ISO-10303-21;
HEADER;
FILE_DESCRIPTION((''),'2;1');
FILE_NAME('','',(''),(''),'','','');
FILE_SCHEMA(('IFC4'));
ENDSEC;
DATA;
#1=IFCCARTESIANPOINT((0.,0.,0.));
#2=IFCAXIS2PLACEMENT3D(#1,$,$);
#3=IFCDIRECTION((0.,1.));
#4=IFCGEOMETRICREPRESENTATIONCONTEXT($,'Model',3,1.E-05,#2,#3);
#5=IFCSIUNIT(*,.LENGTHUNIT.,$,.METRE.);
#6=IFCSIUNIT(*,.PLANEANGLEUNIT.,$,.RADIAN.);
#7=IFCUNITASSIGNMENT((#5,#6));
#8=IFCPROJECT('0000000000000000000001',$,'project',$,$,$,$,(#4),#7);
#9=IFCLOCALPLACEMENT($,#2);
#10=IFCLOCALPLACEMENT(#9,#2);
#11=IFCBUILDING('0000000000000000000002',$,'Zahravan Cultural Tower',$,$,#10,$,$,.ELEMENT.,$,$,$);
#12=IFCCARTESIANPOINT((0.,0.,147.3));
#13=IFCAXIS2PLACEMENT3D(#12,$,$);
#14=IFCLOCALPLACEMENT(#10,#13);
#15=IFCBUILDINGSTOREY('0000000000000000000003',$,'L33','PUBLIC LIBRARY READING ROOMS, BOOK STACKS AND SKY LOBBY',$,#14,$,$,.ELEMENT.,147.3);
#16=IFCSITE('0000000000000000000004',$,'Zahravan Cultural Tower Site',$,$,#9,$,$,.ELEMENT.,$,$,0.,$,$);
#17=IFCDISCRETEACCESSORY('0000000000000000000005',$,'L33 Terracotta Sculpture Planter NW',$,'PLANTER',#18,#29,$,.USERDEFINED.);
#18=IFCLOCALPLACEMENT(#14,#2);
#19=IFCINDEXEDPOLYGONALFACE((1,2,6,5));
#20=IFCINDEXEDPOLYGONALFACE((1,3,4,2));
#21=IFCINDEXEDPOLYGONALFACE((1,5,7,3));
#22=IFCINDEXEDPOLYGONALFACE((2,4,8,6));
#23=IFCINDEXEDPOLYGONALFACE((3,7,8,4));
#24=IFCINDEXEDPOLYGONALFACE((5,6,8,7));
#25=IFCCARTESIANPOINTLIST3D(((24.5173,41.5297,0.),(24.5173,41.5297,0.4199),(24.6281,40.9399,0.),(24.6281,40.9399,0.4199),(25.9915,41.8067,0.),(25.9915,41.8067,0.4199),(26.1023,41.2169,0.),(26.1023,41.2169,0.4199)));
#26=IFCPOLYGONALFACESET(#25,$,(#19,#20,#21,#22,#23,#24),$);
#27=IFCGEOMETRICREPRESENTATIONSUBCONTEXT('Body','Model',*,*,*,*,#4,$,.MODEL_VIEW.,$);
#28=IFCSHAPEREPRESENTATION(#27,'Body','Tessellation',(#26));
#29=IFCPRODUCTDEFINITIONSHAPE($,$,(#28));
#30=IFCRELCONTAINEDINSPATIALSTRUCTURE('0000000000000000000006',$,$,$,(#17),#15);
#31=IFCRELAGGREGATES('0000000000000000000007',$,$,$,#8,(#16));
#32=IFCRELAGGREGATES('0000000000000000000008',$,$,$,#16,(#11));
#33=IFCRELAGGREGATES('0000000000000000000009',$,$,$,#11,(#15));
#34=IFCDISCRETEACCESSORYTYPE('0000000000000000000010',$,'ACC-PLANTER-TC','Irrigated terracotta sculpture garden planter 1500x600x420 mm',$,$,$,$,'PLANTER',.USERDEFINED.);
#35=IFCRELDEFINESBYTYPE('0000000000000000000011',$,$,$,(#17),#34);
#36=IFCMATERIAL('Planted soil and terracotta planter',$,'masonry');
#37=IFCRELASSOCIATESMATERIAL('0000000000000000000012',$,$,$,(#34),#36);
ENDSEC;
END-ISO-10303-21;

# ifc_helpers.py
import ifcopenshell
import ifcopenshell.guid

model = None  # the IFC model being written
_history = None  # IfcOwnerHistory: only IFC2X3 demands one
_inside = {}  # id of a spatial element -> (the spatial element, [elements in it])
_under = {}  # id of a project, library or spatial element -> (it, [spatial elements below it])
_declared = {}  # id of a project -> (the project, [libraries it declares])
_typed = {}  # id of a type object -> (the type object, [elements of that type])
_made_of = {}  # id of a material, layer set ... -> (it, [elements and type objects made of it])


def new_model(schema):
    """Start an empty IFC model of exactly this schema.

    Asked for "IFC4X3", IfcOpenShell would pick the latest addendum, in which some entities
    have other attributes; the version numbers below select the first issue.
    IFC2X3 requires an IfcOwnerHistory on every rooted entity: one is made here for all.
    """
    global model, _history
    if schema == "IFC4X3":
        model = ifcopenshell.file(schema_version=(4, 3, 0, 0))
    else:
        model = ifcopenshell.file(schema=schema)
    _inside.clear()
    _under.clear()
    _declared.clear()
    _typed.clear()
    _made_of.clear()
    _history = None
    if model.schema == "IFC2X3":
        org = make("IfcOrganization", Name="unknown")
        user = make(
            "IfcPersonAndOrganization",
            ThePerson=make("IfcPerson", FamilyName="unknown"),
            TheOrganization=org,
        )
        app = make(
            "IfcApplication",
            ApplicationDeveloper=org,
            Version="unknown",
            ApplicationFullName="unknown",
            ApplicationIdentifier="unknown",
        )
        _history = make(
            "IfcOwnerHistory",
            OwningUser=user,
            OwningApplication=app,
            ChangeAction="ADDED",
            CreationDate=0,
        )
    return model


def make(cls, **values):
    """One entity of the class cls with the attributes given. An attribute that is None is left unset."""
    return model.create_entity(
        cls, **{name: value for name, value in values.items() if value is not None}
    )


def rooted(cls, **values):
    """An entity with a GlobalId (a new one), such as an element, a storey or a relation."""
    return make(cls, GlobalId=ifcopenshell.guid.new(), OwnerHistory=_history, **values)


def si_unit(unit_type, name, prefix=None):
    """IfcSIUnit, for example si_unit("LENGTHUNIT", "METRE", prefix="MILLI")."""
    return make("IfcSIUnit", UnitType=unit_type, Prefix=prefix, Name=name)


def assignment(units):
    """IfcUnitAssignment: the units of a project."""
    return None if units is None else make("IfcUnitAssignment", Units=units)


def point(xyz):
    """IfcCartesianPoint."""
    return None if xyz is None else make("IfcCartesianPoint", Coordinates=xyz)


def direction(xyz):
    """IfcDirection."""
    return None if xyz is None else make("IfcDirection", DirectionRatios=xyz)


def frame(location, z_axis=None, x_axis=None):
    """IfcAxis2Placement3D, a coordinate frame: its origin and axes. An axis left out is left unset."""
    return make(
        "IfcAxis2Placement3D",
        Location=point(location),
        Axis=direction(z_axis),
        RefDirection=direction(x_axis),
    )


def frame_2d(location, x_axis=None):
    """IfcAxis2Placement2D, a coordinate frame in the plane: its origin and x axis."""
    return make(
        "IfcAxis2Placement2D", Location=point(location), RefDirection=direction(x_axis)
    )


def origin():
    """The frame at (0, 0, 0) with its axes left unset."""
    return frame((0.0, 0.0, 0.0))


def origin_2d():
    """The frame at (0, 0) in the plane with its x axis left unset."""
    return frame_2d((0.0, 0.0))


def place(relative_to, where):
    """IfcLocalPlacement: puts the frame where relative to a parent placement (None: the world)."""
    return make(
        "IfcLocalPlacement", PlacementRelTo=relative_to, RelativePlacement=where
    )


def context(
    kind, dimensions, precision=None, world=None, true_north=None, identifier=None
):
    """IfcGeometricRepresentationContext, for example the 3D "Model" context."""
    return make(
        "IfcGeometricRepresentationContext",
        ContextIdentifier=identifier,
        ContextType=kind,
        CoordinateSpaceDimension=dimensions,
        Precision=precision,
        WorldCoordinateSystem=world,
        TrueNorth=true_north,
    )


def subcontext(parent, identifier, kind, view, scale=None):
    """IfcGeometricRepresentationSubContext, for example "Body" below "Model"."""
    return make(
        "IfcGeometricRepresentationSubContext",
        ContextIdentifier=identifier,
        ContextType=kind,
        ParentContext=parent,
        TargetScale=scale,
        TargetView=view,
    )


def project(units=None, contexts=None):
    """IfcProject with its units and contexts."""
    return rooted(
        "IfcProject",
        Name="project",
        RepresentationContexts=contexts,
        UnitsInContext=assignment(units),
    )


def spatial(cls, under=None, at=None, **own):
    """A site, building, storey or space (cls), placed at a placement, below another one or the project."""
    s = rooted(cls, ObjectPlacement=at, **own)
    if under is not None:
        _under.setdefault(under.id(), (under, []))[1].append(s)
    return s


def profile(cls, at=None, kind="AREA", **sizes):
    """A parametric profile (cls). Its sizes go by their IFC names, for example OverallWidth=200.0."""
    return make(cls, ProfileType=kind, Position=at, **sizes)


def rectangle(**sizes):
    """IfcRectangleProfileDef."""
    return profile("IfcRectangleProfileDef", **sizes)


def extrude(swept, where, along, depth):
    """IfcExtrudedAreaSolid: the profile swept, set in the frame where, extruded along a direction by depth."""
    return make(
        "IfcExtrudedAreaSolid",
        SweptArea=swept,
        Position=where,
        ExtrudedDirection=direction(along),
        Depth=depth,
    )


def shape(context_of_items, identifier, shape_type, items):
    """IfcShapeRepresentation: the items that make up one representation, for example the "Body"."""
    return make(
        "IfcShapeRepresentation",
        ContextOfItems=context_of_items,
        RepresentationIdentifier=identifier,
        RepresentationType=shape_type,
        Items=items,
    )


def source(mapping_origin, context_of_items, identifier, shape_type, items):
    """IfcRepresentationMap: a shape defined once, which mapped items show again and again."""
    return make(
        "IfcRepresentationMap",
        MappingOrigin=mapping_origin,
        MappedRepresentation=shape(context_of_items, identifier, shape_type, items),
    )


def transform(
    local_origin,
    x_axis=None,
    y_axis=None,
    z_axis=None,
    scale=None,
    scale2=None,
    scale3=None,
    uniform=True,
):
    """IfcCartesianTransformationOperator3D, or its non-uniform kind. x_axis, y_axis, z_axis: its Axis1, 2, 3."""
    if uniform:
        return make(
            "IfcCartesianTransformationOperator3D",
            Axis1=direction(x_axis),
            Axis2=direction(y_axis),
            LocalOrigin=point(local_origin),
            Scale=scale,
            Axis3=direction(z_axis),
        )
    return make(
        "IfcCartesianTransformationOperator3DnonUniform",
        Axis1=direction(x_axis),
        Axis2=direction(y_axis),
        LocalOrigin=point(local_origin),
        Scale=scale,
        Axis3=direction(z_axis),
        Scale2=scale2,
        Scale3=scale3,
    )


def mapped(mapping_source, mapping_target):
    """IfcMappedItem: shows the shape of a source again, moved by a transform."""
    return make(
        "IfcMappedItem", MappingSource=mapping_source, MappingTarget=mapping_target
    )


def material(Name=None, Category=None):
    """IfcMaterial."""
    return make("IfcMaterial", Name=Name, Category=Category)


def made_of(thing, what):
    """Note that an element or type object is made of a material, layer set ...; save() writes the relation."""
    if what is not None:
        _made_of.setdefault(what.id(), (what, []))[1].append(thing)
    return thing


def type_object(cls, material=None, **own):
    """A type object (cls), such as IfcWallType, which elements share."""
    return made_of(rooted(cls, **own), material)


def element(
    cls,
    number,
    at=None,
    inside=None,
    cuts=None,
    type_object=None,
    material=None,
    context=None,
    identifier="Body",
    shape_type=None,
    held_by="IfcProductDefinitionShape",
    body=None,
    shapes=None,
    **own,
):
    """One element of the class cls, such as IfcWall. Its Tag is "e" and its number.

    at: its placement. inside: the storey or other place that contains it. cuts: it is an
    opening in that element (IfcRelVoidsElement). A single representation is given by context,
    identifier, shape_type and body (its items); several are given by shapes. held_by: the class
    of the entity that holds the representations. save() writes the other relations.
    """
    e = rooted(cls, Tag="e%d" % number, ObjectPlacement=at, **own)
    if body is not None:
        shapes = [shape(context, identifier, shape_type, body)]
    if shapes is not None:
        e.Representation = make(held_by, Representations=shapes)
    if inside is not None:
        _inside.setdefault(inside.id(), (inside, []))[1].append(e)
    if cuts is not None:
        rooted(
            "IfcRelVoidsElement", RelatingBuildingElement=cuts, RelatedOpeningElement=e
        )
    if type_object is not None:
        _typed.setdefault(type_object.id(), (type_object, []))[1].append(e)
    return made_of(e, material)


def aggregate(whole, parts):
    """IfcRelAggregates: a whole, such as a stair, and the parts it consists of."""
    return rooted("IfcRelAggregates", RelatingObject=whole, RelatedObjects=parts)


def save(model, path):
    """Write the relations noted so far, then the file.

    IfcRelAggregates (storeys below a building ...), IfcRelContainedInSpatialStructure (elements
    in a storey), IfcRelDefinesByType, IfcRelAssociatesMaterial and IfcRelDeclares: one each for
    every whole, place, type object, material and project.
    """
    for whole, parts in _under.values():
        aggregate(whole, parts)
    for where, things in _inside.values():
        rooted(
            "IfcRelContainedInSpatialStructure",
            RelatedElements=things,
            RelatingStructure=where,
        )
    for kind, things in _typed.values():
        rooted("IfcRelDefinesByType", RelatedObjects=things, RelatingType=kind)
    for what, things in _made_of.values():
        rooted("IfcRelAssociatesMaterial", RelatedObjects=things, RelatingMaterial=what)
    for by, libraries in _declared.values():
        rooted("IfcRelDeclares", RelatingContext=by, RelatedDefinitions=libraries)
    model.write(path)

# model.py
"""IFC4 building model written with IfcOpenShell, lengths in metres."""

from ifc_helpers import new_model, si_unit, direction, frame, origin, origin_2d, place, context, subcontext, project, spatial, rectangle, extrude, source, transform, mapped, material, type_object, element, save


model = new_model("IFC4")

# Units and contexts
model_context = context("Model", 3, precision=1e-05, world=origin(), true_north=direction((0.0, 1.0)))
body_context = subcontext(model_context, "Body", "Model", "MODEL_VIEW")
ifc_project = project(units=[si_unit("LENGTHUNIT", "METRE"), si_unit("PLANEANGLEUNIT", "RADIAN")], contexts=[model_context])

# Site, building, storey
site_placement = place(None, origin())
site = spatial("IfcSite", under=ifc_project, at=site_placement, Name="Zahravan Cultural Tower Site", CompositionType="ELEMENT", RefElevation=0.0)
building_placement = place(site_placement, origin())
building = spatial("IfcBuilding", under=site, at=building_placement, Name="Zahravan Cultural Tower", CompositionType="ELEMENT")
storey_placement = place(building_placement, frame((0.0, 0.0, 147.3)))
storey = spatial("IfcBuildingStorey", under=building, at=storey_placement, Name="L33", Description="PUBLIC LIBRARY READING ROOMS, BOOK STACKS AND SKY LOBBY", CompositionType="ELEMENT", Elevation=147.3)

# Discrete accessory
ifc_material_1 = material(Name="Planted soil and terracotta planter", Category="masonry")
discrete_accessory_type = type_object("IfcDiscreteAccessoryType", Name="ACC-PLANTER-TC", Description="Irrigated terracotta sculpture garden planter 1500x600x420 mm", ElementType="PLANTER", PredefinedType="USERDEFINED", material=ifc_material_1)
shared_shape_1 = source(origin(), body_context, "Body", "SweptSolid", [
    extrude(rectangle(XDim=1.5, YDim=0.6001, at=origin_2d()), origin(), (0.0, 0.0, 1.0), 0.4199),
])
discrete_accessory_placement = place(storey_placement, frame((25.3098, 41.3733, 0.0), z_axis=(0.0, 0.0, 1.0), x_axis=(0.982807, 0.184638, 0.0)))
element("IfcDiscreteAccessory", 1, at=discrete_accessory_placement, inside=storey, type_object=discrete_accessory_type, Name="L33 Terracotta Sculpture Planter NW", ObjectType="PLANTER", PredefinedType="USERDEFINED", context=body_context, shape_type="MappedRepresentation", body=[
    mapped(shared_shape_1, transform((0.0, 0.0, 0.0), x_axis=(1.0, 0.0, 0.0), y_axis=(0.0, 1.0, 0.0), z_axis=(0.0, 0.0, 1.0), scale=1.0)),
])

save(model, "model.ifc")
